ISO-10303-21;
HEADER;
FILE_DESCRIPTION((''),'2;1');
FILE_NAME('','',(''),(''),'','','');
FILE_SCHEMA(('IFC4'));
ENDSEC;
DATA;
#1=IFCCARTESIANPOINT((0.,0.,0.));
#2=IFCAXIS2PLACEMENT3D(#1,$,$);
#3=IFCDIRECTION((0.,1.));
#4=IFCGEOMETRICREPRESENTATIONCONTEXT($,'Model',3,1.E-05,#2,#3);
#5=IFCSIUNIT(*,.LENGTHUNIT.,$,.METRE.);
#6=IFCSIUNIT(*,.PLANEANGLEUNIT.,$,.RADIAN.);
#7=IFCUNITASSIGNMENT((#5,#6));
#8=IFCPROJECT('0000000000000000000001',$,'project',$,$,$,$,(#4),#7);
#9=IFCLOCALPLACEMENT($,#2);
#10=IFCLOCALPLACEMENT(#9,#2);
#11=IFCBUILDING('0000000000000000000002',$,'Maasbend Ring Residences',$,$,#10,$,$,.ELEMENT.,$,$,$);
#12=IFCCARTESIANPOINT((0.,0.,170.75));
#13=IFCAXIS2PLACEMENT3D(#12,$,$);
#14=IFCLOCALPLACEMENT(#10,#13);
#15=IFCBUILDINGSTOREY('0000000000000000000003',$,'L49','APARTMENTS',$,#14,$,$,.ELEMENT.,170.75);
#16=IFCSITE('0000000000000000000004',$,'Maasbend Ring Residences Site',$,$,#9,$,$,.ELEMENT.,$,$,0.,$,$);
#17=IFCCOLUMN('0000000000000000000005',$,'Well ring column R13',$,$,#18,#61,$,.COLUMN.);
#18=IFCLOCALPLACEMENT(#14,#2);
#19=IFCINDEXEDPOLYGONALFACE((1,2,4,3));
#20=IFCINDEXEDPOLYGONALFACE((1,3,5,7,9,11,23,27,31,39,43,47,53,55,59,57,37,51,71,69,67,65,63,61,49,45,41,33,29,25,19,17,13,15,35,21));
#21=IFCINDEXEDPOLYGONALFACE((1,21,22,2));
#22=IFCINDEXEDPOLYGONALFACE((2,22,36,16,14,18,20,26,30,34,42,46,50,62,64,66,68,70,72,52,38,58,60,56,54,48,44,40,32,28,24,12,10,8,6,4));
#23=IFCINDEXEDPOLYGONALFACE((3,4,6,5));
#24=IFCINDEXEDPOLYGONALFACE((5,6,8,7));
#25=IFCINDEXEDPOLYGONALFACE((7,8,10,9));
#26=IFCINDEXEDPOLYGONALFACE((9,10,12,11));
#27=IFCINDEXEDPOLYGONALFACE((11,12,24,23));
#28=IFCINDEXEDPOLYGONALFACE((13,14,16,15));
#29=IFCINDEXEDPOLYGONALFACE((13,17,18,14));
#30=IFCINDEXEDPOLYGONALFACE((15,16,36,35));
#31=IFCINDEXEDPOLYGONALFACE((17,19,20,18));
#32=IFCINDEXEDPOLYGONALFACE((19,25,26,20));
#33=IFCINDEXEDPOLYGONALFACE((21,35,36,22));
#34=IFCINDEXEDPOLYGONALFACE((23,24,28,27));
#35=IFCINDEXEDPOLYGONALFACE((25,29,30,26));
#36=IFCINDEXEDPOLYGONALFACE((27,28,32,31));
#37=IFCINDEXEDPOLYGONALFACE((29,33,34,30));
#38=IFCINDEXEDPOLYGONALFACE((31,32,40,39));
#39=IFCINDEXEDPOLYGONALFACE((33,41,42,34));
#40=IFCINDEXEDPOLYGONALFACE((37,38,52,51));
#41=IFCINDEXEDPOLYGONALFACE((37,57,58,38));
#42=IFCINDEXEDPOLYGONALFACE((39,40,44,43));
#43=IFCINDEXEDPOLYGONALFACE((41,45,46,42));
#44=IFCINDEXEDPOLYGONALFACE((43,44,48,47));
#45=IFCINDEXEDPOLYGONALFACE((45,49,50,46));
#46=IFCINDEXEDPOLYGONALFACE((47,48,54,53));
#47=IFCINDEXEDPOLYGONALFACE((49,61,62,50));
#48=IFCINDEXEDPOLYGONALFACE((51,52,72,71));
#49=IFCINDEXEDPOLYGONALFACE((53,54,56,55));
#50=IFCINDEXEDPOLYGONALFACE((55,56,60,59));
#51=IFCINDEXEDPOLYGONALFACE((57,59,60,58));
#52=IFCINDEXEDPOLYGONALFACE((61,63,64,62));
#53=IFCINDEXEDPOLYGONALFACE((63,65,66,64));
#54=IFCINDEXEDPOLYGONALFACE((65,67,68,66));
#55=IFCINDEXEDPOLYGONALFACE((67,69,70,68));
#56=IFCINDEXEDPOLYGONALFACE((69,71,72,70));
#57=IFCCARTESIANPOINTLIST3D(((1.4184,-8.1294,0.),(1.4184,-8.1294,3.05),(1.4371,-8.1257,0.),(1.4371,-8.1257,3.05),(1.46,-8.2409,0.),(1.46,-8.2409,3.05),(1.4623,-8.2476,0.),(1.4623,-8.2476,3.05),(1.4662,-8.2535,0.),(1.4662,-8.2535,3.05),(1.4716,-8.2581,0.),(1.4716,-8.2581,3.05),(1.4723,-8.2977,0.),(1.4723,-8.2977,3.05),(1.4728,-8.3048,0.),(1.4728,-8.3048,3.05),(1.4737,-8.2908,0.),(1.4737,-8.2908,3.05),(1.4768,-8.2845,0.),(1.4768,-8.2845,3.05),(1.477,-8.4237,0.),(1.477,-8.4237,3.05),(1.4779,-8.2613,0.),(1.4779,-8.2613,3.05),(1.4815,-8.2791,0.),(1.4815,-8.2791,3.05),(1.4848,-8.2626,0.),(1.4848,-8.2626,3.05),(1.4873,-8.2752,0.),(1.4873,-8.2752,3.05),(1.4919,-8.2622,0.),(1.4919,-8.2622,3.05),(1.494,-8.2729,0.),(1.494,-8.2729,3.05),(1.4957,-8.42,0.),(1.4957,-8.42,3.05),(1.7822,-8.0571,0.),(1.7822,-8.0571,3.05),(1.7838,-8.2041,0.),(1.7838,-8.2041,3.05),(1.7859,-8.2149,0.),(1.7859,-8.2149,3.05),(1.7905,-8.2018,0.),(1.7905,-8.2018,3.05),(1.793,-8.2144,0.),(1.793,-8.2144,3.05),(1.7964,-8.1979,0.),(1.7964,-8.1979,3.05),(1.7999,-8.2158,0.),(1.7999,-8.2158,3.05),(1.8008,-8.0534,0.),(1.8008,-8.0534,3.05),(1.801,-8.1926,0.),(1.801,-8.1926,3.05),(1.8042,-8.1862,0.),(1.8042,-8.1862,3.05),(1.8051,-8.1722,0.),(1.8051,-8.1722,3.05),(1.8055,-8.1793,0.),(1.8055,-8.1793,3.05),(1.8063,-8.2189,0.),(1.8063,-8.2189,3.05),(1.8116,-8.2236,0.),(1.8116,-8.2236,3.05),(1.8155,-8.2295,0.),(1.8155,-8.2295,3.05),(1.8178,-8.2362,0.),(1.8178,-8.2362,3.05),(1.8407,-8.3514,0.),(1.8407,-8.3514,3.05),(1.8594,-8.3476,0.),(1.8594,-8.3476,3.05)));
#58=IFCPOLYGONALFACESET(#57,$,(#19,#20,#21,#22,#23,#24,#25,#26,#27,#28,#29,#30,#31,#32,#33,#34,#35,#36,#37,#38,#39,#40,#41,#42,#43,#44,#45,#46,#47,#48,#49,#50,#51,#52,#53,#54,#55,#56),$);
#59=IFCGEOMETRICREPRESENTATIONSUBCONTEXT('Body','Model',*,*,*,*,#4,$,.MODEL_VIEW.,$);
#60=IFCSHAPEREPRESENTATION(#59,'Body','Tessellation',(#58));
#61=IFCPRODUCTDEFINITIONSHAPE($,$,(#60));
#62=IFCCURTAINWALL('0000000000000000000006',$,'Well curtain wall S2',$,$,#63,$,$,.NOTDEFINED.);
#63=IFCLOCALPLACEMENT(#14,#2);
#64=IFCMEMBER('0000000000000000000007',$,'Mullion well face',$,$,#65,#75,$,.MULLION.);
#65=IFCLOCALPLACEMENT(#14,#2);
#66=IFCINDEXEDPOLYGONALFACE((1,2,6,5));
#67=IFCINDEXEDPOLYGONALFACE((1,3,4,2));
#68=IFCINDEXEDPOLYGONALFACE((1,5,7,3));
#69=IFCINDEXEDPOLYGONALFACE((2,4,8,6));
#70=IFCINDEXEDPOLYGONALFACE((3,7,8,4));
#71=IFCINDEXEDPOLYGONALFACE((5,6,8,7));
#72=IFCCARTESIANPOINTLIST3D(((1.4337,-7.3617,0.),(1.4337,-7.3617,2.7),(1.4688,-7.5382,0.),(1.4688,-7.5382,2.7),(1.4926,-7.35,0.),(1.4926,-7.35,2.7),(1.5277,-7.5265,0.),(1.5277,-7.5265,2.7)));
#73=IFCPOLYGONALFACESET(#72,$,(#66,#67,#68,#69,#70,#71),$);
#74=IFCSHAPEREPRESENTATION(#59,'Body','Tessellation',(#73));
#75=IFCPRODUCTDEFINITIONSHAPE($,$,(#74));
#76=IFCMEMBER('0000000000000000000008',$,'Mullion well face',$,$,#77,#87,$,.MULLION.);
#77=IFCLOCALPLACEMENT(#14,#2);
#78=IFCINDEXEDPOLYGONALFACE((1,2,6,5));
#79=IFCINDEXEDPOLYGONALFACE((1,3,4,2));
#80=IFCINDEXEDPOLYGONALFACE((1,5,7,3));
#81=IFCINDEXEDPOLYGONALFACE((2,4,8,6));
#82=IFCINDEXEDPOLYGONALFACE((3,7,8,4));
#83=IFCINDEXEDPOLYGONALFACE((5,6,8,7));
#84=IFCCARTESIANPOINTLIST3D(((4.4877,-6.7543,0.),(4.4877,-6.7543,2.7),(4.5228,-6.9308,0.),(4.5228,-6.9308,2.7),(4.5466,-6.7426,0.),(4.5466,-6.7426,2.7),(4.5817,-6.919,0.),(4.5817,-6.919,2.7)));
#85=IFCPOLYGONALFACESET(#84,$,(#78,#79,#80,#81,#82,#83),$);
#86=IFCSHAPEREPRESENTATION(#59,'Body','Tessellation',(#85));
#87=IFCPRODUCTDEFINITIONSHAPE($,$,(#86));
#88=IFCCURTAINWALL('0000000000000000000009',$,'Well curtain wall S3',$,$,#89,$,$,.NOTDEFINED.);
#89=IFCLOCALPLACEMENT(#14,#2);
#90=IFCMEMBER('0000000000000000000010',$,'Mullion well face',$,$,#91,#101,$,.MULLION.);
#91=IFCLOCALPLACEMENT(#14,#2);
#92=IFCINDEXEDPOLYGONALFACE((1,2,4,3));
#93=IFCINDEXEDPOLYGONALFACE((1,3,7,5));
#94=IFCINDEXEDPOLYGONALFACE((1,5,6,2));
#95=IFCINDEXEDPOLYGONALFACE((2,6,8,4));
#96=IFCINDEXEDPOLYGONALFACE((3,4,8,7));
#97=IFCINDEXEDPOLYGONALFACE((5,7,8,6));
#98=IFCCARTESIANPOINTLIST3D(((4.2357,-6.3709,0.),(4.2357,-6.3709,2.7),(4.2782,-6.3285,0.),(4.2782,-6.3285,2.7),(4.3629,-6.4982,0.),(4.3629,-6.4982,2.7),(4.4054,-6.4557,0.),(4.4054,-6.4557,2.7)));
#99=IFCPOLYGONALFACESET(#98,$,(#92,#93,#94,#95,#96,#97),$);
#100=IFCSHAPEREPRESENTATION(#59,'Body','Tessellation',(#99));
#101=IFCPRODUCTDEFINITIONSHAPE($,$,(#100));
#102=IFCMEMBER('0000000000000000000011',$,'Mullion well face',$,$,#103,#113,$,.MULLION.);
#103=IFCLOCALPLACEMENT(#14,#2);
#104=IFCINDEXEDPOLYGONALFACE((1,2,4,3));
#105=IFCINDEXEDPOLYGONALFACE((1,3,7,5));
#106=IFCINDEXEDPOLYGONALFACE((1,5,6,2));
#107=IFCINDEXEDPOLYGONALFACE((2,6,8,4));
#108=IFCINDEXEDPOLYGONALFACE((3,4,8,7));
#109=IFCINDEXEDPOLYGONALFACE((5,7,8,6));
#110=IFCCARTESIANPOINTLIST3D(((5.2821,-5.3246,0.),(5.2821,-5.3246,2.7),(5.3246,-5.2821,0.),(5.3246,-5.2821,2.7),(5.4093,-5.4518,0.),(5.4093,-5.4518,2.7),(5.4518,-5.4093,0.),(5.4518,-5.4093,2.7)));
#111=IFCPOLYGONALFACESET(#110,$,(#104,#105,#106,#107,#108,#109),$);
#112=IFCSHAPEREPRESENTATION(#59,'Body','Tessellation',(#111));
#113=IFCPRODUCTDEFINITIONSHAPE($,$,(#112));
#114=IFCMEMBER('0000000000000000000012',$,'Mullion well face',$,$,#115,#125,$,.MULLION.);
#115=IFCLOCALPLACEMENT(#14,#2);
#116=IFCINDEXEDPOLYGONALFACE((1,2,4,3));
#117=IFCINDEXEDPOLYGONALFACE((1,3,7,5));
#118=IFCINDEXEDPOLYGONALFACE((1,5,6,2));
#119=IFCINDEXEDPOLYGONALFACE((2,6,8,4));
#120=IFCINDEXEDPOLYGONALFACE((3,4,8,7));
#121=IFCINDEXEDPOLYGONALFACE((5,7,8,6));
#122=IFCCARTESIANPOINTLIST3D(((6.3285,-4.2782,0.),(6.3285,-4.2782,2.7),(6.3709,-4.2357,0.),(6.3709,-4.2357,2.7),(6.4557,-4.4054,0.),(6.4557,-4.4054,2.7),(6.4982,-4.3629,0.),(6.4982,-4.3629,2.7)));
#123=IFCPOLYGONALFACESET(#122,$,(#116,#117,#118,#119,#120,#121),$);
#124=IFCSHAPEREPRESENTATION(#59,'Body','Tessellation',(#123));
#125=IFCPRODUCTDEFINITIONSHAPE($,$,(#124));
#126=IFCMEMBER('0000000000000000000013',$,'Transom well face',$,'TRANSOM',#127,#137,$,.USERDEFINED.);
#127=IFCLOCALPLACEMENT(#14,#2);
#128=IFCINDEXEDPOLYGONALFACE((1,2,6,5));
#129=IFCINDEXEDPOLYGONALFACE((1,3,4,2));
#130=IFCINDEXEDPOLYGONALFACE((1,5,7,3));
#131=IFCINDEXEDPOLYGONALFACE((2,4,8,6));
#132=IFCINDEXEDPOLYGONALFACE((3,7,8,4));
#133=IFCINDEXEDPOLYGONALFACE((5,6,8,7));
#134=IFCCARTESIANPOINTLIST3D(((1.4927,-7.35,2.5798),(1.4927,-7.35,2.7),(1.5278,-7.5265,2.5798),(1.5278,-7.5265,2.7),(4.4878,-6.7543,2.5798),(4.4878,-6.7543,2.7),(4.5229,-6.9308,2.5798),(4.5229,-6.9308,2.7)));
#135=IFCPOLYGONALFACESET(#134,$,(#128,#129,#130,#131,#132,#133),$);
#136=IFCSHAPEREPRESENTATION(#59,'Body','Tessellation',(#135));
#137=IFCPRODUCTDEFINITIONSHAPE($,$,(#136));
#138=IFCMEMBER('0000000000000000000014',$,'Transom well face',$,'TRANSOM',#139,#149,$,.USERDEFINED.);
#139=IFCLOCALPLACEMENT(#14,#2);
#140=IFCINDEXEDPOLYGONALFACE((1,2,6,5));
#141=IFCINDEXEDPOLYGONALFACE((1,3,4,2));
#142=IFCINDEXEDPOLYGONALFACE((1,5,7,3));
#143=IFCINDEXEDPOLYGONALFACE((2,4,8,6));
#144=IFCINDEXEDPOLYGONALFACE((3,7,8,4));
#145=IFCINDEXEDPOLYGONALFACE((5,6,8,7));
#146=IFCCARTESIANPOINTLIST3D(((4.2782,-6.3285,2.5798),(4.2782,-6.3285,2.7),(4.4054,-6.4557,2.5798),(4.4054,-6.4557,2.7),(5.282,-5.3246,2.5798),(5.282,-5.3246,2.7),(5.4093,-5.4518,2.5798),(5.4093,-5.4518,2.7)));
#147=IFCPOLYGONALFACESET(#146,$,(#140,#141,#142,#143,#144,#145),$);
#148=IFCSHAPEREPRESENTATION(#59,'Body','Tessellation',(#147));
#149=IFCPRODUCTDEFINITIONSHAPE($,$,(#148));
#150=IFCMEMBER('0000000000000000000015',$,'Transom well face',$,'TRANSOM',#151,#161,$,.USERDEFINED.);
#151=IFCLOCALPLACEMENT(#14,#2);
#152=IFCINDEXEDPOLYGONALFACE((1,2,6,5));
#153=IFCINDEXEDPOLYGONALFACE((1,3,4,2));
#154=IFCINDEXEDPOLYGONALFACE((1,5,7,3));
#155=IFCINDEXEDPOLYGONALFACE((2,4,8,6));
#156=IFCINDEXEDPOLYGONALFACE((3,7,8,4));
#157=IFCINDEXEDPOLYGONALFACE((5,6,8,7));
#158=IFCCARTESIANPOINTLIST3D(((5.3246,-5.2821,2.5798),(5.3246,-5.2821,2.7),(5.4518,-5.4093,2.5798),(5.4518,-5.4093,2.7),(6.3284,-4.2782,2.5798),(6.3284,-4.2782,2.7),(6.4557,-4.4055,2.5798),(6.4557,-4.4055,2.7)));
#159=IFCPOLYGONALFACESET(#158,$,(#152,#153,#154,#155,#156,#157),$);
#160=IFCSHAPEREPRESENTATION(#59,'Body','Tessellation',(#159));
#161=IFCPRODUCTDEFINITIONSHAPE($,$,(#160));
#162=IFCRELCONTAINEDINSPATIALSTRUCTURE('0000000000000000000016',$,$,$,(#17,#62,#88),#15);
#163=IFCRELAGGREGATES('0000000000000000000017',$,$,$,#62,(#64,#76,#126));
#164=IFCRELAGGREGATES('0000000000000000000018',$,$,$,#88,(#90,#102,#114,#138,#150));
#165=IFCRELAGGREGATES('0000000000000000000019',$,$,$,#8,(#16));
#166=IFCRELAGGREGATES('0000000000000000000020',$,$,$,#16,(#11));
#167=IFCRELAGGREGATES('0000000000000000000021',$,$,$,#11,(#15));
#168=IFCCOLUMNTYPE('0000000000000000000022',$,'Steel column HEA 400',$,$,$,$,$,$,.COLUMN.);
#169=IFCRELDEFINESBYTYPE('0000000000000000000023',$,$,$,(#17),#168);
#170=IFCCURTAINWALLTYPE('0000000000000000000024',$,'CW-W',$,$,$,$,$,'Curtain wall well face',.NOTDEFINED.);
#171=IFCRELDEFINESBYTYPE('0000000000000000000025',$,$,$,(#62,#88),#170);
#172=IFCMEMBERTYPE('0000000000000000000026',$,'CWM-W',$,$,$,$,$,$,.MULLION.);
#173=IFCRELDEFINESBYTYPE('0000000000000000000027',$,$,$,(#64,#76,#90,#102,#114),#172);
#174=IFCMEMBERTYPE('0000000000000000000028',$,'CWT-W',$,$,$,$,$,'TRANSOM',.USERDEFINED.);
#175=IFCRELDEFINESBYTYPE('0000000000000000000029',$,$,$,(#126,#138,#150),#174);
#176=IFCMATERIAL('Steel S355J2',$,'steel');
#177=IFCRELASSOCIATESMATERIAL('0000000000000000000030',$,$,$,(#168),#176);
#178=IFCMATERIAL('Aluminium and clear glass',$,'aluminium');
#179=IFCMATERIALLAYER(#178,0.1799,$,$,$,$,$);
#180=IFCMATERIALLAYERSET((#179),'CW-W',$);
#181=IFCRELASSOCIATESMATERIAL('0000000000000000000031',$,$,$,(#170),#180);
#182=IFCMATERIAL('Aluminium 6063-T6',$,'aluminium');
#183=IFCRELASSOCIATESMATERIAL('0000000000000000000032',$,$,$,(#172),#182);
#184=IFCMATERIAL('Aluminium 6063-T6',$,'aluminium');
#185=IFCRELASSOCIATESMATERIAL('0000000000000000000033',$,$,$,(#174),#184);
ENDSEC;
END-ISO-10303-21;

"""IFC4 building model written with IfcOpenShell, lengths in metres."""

from ifc_helpers import new_model, si_unit, direction, frame, origin, origin_2d, place, context, subcontext, project, spatial, rectangle, i_section, extrude, material, layer, layer_set, material_profile, profile_set, type_object, element, aggregate, save


model = new_model("IFC4")

# Units and contexts
model_context = context("Model", 3, precision=1e-05, world=origin(), true_north=direction((0.0, 1.0)))
body_context = subcontext(model_context, "Body", "Model", "MODEL_VIEW")
ifc_project = project(units=[si_unit("LENGTHUNIT", "METRE"), si_unit("PLANEANGLEUNIT", "RADIAN")], contexts=[model_context])

# Site, building, storey
site_placement = place(None, origin())
site = spatial("IfcSite", under=ifc_project, at=site_placement, Name="Maasbend Ring Residences Site", CompositionType="ELEMENT", RefElevation=0.0)
building_placement = place(site_placement, origin())
building = spatial("IfcBuilding", under=site, at=building_placement, Name="Maasbend Ring Residences", CompositionType="ELEMENT")
storey_placement = place(building_placement, frame((0.0, 0.0, 170.75)))
storey = spatial("IfcBuildingStorey", under=building, at=storey_placement, Name="L49", Description="APARTMENTS", CompositionType="ELEMENT", Elevation=170.75)

# Column
ifc_material_1 = material(Name="Steel S355J2", Category="steel")
ifc_material_profile_1 = material_profile(ifc_material_1, i_section(OverallWidth=0.3, OverallDepth=0.3899, WebThickness=0.011, FlangeThickness=0.019, FilletRadius=0.0271, at=origin_2d()), Name="HEA 400")
ifc_profile_set_1 = profile_set([ifc_material_profile_1], Name="Steel S355J2")
column_type = type_object("IfcColumnType", Name="Steel column HEA 400", PredefinedType="COLUMN", material=ifc_profile_set_1)
column_placement = place(storey_placement, frame((1.6389, -8.2385, 0.0), z_axis=(0.0, 0.0, 1.0), x_axis=(0.19509, -0.980785, 0.0)))
element("IfcColumn", 1, at=column_placement, inside=storey, type_object=column_type, Name="Well ring column R13", PredefinedType="COLUMN", context=body_context, shape_type="SweptSolid", body=[
    extrude(i_section(OverallWidth=0.3, OverallDepth=0.3899, WebThickness=0.011, FlangeThickness=0.019, FilletRadius=0.0271, at=origin_2d()), origin(), (0.0, 0.0, 1.0), 3.05),
])

# Curtain walls, members
ifc_material_2 = material(Name="Aluminium and clear glass", Category="aluminium")
ifc_layer_1 = layer(ifc_material_2, 0.1799)
ifc_layer_set_1 = layer_set([ifc_layer_1], Name="CW-W")
curtain_wall_type = type_object("IfcCurtainWallType", Name="CW-W", ElementType="Curtain wall well face", PredefinedType="NOTDEFINED", material=ifc_layer_set_1)
curtain_wall_1_placement = place(storey_placement, origin())
curtain_wall_1 = element("IfcCurtainWall", 2, at=curtain_wall_1_placement, inside=storey, type_object=curtain_wall_type, Name="Well curtain wall S2", PredefinedType="NOTDEFINED")
ifc_material_3 = material(Name="Aluminium 6063-T6", Category="aluminium")
ifc_material_profile_2 = material_profile(ifc_material_3, rectangle(XDim=0.1799, YDim=0.0601, at=origin_2d()), Name="AL 180x60")
ifc_profile_set_2 = profile_set([ifc_material_profile_2], Name="Aluminium 6063-T6")
member_type_1 = type_object("IfcMemberType", Name="CWM-W", PredefinedType="MULLION", material=ifc_profile_set_2)
member_1_placement = place(storey_placement, frame((1.4807, -7.4441, 0.0), z_axis=(0.0, 0.0, 1.0), x_axis=(-0.19509, 0.980785, 0.0)))
member_1 = element("IfcMember", 3, at=member_1_placement, type_object=member_type_1, Name="Mullion well face", PredefinedType="MULLION", context=body_context, shape_type="SweptSolid", body=[
    extrude(rectangle(XDim=0.1799, YDim=0.0601, at=origin_2d()), origin(), (0.0, 0.0, 1.0), 2.7),
])
member_2_placement = place(storey_placement, frame((4.5347, -6.8367, 0.0), z_axis=(0.0, 0.0, 1.0), x_axis=(-0.19509, 0.980785, 0.0)))
member_2 = element("IfcMember", 4, at=member_2_placement, type_object=member_type_1, Name="Mullion well face", PredefinedType="MULLION", context=body_context, shape_type="SweptSolid", body=[
    extrude(rectangle(XDim=0.1799, YDim=0.0601, at=origin_2d()), origin(), (0.0, 0.0, 1.0), 2.7),
])
curtain_wall_2_placement = place(storey_placement, origin())
curtain_wall_2 = element("IfcCurtainWall", 5, at=curtain_wall_2_placement, inside=storey, type_object=curtain_wall_type, Name="Well curtain wall S3", PredefinedType="NOTDEFINED")
member_3_placement = place(storey_placement, frame((4.3206, -6.4133, 0.0), z_axis=(0.0, 0.0, 1.0), x_axis=(-0.707107, 0.707107, 0.0)))
member_3 = element("IfcMember", 6, at=member_3_placement, type_object=member_type_1, Name="Mullion well face", PredefinedType="MULLION", context=body_context, shape_type="SweptSolid", body=[
    extrude(rectangle(XDim=0.1799, YDim=0.0601, at=origin_2d()), origin(), (0.0, 0.0, 1.0), 2.7),
])
member_4_placement = place(storey_placement, frame((5.3669, -5.3669, 0.0), z_axis=(0.0, 0.0, 1.0), x_axis=(-0.707107, 0.707107, 0.0)))
member_4 = element("IfcMember", 7, at=member_4_placement, type_object=member_type_1, Name="Mullion well face", PredefinedType="MULLION", context=body_context, shape_type="SweptSolid", body=[
    extrude(rectangle(XDim=0.1799, YDim=0.0601, at=origin_2d()), origin(), (0.0, 0.0, 1.0), 2.7),
])
member_5_placement = place(storey_placement, frame((6.4133, -4.3206, 0.0), z_axis=(0.0, 0.0, 1.0), x_axis=(-0.707107, 0.707107, 0.0)))
member_5 = element("IfcMember", 8, at=member_5_placement, type_object=member_type_1, Name="Mullion well face", PredefinedType="MULLION", context=body_context, shape_type="SweptSolid", body=[
    extrude(rectangle(XDim=0.1799, YDim=0.0601, at=origin_2d()), origin(), (0.0, 0.0, 1.0), 2.7),
])

# Members
ifc_material_4 = material(Name="Aluminium 6063-T6", Category="aluminium")
ifc_material_profile_3 = material_profile(ifc_material_4, rectangle(XDim=0.1799, YDim=0.1201, at=origin_2d()), Name="AL 180x120")
ifc_profile_set_3 = profile_set([ifc_material_profile_3], Name="Aluminium 6063-T6")
member_type_2 = type_object("IfcMemberType", Name="CWT-W", ElementType="TRANSOM", PredefinedType="USERDEFINED", material=ifc_profile_set_3)
member_6_placement = place(storey_placement, frame((1.5103, -7.4382, 2.6399), z_axis=(0.980789, 0.195071, 0.0), x_axis=(-0.195071, 0.980789, 0.0)))
member_6 = element("IfcMember", 9, at=member_6_placement, type_object=member_type_2, Name="Transom well face", ObjectType="TRANSOM", PredefinedType="USERDEFINED", context=body_context, shape_type="SweptSolid", body=[
    extrude(rectangle(XDim=0.1799, YDim=0.1201, at=origin_2d()), origin(), (0.0, 0.0, 1.0), 3.0537),
])
member_7_placement = place(storey_placement, frame((4.3418, -6.3921, 2.6399), z_axis=(0.707107, 0.707107, 0.0), x_axis=(-0.707107, 0.707107, 0.0)))
member_7 = element("IfcMember", 10, at=member_7_placement, type_object=member_type_2, Name="Transom well face", ObjectType="TRANSOM", PredefinedType="USERDEFINED", context=body_context, shape_type="SweptSolid", body=[
    extrude(rectangle(XDim=0.1799, YDim=0.1201, at=origin_2d()), origin(), (0.0, 0.0, 1.0), 1.4197),
])
member_8_placement = place(storey_placement, frame((5.3882, -5.3457, 2.6399), z_axis=(0.707107, 0.707107, 0.0), x_axis=(-0.707107, 0.707107, 0.0)))
member_8 = element("IfcMember", 11, at=member_8_placement, type_object=member_type_2, Name="Transom well face", ObjectType="TRANSOM", PredefinedType="USERDEFINED", context=body_context, shape_type="SweptSolid", body=[
    extrude(rectangle(XDim=0.1799, YDim=0.1201, at=origin_2d()), origin(), (0.0, 0.0, 1.0), 1.4197),
])

aggregate(curtain_wall_1, [member_1, member_2, member_6])
aggregate(curtain_wall_2, [member_3, member_4, member_5, member_7, member_8])

save(model, "model.ifc")
